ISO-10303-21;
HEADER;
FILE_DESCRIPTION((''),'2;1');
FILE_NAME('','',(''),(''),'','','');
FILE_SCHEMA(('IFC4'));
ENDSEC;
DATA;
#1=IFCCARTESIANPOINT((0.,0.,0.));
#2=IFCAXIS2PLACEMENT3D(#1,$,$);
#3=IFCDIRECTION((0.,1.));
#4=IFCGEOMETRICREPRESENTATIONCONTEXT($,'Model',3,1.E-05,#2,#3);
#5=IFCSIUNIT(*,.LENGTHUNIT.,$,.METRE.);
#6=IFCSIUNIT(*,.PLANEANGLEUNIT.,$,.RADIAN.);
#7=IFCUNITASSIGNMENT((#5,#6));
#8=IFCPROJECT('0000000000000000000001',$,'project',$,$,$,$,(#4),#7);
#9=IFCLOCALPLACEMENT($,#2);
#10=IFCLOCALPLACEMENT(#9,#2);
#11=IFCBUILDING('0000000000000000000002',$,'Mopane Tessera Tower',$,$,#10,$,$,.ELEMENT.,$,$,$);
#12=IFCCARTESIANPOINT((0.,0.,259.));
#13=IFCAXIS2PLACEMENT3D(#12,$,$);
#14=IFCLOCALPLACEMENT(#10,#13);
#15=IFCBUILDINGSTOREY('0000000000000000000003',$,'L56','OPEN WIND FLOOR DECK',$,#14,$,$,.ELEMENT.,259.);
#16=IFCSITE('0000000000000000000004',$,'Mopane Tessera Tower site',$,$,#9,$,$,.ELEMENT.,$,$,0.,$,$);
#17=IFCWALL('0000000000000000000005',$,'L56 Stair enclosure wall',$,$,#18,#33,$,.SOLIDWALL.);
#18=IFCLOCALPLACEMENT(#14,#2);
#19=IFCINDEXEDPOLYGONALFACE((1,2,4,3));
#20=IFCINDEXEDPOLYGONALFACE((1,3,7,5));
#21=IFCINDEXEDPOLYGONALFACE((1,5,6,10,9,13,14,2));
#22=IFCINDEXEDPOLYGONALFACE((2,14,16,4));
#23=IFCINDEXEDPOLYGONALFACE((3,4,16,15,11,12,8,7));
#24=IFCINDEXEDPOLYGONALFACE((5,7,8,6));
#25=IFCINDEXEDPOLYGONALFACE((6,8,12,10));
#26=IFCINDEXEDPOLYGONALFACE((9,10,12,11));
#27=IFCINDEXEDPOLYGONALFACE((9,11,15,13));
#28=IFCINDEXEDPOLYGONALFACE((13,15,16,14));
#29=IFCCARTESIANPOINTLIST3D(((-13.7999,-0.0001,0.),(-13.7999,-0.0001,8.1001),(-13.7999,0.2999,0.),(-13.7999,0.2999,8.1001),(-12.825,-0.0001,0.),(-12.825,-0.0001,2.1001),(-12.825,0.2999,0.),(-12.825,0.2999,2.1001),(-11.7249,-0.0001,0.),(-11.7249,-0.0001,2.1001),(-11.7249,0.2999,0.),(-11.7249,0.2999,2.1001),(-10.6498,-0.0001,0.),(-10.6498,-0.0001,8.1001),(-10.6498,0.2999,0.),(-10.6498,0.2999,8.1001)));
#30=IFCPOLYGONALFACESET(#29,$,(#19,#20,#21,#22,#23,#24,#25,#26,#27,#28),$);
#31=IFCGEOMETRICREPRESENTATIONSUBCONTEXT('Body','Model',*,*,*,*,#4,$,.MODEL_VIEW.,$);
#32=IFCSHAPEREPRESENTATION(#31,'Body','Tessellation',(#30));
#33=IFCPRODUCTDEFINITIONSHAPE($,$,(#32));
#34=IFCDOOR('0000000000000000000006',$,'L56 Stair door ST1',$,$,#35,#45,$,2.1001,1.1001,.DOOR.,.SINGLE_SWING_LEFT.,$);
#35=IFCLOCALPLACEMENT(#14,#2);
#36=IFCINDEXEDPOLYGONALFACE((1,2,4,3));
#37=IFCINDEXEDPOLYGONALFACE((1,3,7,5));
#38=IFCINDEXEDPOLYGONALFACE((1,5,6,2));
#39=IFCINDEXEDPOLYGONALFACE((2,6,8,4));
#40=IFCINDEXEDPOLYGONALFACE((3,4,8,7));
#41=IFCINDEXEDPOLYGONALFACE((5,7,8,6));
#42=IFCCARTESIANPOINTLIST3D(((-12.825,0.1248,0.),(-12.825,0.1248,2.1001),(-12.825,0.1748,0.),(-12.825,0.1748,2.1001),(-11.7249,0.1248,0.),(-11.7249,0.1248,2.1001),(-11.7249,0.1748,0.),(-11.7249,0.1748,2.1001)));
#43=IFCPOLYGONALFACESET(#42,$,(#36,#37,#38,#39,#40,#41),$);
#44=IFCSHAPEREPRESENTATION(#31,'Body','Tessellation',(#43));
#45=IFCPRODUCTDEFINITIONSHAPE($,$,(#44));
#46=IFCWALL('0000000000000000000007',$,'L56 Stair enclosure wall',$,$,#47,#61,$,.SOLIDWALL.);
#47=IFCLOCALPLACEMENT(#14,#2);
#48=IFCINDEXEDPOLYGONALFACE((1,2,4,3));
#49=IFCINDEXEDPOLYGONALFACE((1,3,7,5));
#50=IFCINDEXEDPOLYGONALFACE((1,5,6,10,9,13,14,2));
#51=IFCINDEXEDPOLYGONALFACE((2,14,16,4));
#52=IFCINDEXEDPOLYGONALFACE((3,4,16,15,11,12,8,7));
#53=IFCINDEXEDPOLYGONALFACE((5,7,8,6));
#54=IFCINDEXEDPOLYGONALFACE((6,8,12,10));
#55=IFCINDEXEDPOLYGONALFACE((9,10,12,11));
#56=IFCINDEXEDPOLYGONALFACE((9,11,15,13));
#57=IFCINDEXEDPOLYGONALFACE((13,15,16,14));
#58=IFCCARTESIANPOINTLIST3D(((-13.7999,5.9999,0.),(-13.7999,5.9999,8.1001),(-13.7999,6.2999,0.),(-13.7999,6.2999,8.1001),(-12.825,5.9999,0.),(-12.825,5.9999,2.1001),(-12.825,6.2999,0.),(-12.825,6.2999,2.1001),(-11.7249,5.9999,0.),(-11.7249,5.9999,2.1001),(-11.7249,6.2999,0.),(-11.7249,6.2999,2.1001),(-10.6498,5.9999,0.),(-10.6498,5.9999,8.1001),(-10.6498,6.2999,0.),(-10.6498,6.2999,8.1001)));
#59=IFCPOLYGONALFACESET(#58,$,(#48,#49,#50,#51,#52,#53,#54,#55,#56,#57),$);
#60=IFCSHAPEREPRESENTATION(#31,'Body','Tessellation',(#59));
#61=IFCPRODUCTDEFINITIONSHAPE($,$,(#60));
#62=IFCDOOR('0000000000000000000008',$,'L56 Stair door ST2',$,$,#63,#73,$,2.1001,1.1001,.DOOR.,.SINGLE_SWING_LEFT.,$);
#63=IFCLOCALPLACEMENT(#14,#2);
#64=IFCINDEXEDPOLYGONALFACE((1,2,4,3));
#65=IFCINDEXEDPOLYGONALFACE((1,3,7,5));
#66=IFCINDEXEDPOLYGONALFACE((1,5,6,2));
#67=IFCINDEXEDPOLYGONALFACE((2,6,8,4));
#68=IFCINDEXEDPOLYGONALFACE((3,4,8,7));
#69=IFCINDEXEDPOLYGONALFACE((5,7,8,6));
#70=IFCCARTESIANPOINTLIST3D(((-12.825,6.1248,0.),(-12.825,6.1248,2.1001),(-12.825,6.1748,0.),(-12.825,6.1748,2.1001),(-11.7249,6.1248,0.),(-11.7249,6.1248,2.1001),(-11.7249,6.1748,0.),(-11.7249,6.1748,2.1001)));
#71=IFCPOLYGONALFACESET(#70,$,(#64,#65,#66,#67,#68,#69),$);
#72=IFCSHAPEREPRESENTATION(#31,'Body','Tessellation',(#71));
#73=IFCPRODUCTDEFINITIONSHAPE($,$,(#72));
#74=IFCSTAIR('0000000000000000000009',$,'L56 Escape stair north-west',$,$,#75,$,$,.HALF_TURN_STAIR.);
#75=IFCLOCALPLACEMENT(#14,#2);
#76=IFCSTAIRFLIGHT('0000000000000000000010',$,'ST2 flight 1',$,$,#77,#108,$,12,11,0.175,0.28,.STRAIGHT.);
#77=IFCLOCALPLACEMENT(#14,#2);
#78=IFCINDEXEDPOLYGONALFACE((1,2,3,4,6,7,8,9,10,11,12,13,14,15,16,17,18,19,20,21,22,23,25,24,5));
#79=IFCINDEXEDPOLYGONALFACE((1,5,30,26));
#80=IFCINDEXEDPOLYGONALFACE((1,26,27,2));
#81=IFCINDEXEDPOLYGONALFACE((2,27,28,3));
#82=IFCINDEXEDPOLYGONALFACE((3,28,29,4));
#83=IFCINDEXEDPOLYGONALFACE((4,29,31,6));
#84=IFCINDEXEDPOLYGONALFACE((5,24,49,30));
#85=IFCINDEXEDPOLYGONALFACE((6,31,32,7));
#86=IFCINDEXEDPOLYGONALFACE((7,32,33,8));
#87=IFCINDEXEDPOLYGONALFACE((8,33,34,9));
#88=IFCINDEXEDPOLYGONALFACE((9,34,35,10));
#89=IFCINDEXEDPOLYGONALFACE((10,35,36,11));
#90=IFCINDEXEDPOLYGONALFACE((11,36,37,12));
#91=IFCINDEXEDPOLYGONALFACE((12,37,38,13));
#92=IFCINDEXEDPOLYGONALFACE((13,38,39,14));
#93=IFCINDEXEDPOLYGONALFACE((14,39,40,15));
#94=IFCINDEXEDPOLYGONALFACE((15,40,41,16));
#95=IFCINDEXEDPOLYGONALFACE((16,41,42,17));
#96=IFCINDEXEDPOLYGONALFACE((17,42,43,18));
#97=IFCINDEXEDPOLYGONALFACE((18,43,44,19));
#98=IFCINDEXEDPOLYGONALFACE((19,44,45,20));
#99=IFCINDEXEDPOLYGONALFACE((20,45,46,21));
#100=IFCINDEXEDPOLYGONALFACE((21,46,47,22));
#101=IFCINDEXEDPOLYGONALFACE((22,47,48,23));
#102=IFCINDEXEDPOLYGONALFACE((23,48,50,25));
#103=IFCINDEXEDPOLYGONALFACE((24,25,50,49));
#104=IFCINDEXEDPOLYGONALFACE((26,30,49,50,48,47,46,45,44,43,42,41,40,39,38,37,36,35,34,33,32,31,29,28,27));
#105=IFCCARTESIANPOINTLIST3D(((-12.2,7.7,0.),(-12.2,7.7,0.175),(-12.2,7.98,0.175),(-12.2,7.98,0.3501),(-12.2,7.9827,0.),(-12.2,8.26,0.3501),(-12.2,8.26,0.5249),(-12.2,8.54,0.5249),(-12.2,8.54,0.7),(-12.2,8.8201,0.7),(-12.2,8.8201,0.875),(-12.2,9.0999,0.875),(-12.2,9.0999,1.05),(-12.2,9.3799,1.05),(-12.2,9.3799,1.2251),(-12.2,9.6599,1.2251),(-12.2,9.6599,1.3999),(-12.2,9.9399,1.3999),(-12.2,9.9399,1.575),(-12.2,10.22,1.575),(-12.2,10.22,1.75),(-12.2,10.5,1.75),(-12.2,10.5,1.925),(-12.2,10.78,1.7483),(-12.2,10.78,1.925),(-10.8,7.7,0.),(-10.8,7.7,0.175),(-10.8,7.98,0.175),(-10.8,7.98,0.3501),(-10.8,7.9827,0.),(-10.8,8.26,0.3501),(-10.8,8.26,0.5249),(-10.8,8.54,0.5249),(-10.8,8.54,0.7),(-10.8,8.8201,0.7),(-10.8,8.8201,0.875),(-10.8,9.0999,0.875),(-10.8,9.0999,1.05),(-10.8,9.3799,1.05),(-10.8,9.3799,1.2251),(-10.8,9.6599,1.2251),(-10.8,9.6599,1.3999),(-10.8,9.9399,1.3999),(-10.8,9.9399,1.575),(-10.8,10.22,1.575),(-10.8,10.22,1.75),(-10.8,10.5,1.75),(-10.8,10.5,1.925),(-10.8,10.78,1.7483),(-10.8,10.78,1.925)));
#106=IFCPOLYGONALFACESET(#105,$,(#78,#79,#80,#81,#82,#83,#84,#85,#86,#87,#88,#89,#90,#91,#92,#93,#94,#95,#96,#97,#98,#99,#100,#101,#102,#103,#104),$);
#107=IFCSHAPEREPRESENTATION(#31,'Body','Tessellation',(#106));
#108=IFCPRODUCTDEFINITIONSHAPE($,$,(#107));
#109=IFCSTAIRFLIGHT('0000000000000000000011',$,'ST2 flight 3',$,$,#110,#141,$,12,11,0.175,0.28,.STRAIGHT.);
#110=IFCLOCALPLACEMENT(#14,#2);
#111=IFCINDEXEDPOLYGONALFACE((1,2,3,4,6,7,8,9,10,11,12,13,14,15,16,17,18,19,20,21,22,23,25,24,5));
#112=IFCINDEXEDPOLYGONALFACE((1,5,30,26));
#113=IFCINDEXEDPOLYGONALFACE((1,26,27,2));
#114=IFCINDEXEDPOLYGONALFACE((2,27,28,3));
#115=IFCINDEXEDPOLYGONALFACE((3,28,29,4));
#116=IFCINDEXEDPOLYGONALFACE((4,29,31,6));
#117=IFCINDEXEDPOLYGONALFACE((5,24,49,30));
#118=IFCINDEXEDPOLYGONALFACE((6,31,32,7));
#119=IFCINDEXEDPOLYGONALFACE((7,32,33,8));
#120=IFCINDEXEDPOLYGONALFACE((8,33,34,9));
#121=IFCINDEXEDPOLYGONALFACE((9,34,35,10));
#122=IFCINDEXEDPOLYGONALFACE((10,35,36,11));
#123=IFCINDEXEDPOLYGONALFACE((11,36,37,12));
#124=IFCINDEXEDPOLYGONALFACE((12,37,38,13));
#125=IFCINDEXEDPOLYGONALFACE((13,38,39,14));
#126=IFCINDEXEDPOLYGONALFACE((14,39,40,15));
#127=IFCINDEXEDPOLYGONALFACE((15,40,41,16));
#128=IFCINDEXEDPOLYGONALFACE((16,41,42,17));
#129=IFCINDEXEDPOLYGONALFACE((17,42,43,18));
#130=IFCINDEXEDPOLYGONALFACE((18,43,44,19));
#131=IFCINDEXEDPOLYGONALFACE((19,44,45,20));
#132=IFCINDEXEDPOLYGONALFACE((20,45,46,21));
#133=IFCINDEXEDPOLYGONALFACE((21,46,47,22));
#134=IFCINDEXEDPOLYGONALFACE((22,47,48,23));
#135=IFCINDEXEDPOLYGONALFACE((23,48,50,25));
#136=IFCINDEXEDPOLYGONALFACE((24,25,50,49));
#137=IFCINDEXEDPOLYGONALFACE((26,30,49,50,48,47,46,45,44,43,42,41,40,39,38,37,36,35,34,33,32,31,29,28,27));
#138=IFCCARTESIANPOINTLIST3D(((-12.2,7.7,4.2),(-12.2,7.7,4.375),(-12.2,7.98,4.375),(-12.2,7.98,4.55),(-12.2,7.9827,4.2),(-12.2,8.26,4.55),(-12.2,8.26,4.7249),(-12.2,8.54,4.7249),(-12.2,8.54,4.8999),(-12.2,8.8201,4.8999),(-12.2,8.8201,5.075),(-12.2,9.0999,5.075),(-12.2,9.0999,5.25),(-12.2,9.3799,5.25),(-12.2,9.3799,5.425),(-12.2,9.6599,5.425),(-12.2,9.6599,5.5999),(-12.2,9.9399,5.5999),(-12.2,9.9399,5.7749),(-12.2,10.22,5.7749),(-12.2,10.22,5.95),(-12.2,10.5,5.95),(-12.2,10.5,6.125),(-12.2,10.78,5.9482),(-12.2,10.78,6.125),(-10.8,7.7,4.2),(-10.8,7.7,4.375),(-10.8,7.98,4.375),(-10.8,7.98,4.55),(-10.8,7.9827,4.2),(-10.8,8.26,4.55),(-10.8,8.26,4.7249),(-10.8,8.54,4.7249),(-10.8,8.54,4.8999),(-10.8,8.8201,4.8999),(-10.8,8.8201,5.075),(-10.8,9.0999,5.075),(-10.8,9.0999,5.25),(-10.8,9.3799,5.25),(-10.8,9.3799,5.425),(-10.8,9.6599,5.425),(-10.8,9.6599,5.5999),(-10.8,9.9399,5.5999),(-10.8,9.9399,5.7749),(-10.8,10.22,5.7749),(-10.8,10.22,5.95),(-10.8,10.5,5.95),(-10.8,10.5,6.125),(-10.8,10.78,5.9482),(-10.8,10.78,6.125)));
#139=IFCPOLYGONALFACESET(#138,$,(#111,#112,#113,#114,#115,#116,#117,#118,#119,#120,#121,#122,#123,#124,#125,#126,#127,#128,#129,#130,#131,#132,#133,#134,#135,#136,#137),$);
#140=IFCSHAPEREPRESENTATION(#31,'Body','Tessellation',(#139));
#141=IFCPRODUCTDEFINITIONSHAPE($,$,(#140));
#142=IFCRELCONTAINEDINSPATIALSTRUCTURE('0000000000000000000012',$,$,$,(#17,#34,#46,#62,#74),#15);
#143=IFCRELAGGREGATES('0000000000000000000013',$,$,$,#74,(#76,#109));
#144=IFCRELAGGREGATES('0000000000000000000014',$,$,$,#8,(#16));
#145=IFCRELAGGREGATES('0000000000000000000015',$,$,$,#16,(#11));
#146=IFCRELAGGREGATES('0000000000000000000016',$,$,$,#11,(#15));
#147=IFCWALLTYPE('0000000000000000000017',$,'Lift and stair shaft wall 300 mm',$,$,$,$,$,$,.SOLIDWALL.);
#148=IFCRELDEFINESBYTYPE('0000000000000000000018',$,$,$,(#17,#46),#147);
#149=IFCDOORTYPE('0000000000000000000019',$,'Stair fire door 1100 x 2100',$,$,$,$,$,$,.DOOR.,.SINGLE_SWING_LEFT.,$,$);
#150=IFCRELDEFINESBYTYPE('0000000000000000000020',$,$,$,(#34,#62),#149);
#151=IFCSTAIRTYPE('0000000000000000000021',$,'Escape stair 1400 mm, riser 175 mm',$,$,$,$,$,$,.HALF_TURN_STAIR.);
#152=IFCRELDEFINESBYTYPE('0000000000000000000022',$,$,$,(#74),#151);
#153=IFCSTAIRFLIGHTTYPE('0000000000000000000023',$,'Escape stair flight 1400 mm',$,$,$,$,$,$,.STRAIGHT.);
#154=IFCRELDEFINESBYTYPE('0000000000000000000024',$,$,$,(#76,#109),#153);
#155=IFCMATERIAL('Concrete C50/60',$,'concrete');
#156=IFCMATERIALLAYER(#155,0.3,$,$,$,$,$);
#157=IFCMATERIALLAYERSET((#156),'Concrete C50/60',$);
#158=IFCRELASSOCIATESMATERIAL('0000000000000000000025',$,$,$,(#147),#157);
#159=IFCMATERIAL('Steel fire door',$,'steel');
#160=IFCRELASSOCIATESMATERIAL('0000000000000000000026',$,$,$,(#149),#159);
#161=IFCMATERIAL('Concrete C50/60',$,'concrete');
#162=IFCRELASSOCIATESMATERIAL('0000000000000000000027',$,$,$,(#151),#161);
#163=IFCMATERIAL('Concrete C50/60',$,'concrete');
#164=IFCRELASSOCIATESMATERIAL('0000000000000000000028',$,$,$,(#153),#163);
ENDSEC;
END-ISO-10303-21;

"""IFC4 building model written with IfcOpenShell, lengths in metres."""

from ifc_helpers import new_model, si_unit, direction, frame, frame_2d, origin, place, context, subcontext, project, spatial, polyline, rectangle, outline, extrude, material, layer, layer_set, type_object, element, fill, aggregate, save


model = new_model("IFC4")

# Units and contexts
model_context = context("Model", 3, precision=1e-05, world=origin(), true_north=direction((0.0, 1.0)))
body_context = subcontext(model_context, "Body", "Model", "MODEL_VIEW")
ifc_project = project(units=[si_unit("LENGTHUNIT", "METRE"), si_unit("PLANEANGLEUNIT", "RADIAN")], contexts=[model_context])

# Site, building, storey
site_placement = place(None, origin())
site = spatial("IfcSite", under=ifc_project, at=site_placement, Name="Mopane Tessera Tower site", CompositionType="ELEMENT", RefElevation=0.0)
building_placement = place(site_placement, origin())
building = spatial("IfcBuilding", under=site, at=building_placement, Name="Mopane Tessera Tower", CompositionType="ELEMENT")
storey_placement = place(building_placement, frame((0.0, 0.0, 259.0)))
storey = spatial("IfcBuildingStorey", under=building, at=storey_placement, Name="L56", Description="OPEN WIND FLOOR DECK", CompositionType="ELEMENT", Elevation=259.0)

# Walls, openings, doors
ifc_material_1 = material(Name="Concrete C50/60", Category="concrete")
ifc_layer_1 = layer(ifc_material_1, 0.3)
ifc_layer_set_1 = layer_set([ifc_layer_1], Name="Concrete C50/60")
wall_type = type_object("IfcWallType", Name="Lift and stair shaft wall 300 mm", PredefinedType="SOLIDWALL", material=ifc_layer_set_1)
wall_1_placement = place(storey_placement, frame((-13.8, 0.1499, 0.0), z_axis=(0.0, 0.0, 1.0), x_axis=(1.0, 0.0, 0.0)))
wall_1 = element("IfcWall", 1, at=wall_1_placement, inside=storey, type_object=wall_type, Name="L56 Stair enclosure wall", PredefinedType="SOLIDWALL", context=body_context, shape_type="SweptSolid", body=[
    extrude(rectangle(XDim=3.1501, YDim=0.3, at=frame_2d((1.5752, 0.0))), origin(), (0.0, 0.0, 1.0), 8.1001),
])
opening_1_placement = place(wall_1_placement, frame((0.9751, 0.0, 0.0)))
opening_1 = element("IfcOpeningElement", 2, at=opening_1_placement, cuts=wall_1, PredefinedType="OPENING", context=body_context, shape_type="SweptSolid", body=[
    extrude(rectangle(XDim=1.1001, YDim=2.1001, at=frame_2d((0.55, 1.05))), frame((0.0, 0.1621, 0.0), z_axis=(0.0, -1.0, 0.0), x_axis=(1.0, 0.0, 0.0)), (0.0, 0.0, 1.0), 0.324),
])
ifc_material_2 = material(Name="Steel fire door", Category="steel")
door_type = type_object("IfcDoorType", Name="Stair fire door 1100 x 2100", OperationType="SINGLE_SWING_LEFT", PredefinedType="DOOR", material=ifc_material_2)
door_1_placement = place(opening_1_placement, origin())
door_1 = element("IfcDoor", 3, at=door_1_placement, inside=storey, type_object=door_type, Name="L56 Stair door ST1", OperationType="SINGLE_SWING_LEFT", OverallHeight=2.1001, OverallWidth=1.1001, PredefinedType="DOOR", context=body_context, shape_type="SweptSolid", body=[
    extrude(rectangle(XDim=1.1001, YDim=2.1001, at=frame_2d((0.55, 1.05))), frame((0.0, 0.0249, 0.0), z_axis=(0.0, -1.0, 0.0), x_axis=(1.0, 0.0, 0.0)), (0.0, 0.0, 1.0), 0.05),
])
fill(opening_1, door_1)
wall_2_placement = place(storey_placement, frame((-13.8, 6.1499, 0.0), z_axis=(0.0, 0.0, 1.0), x_axis=(1.0, 0.0, 0.0)))
wall_2 = element("IfcWall", 4, at=wall_2_placement, inside=storey, type_object=wall_type, Name="L56 Stair enclosure wall", PredefinedType="SOLIDWALL", context=body_context, shape_type="SweptSolid", body=[
    extrude(rectangle(XDim=3.1501, YDim=0.3, at=frame_2d((1.5752, 0.0))), origin(), (0.0, 0.0, 1.0), 8.1001),
])
opening_2_placement = place(wall_2_placement, frame((0.9751, 0.0, 0.0)))
opening_2 = element("IfcOpeningElement", 5, at=opening_2_placement, cuts=wall_2, PredefinedType="OPENING", context=body_context, shape_type="SweptSolid", body=[
    extrude(rectangle(XDim=1.1001, YDim=2.1001, at=frame_2d((0.55, 1.05))), frame((0.0, 0.1621, 0.0), z_axis=(0.0, -1.0, 0.0), x_axis=(1.0, 0.0, 0.0)), (0.0, 0.0, 1.0), 0.324),
])
door_2_placement = place(opening_2_placement, origin())
door_2 = element("IfcDoor", 6, at=door_2_placement, inside=storey, type_object=door_type, Name="L56 Stair door ST2", OperationType="SINGLE_SWING_LEFT", OverallHeight=2.1001, OverallWidth=1.1001, PredefinedType="DOOR", context=body_context, shape_type="SweptSolid", body=[
    extrude(rectangle(XDim=1.1001, YDim=2.1001, at=frame_2d((0.55, 1.05))), frame((0.0, 0.0249, 0.0), z_axis=(0.0, -1.0, 0.0), x_axis=(1.0, 0.0, 0.0)), (0.0, 0.0, 1.0), 0.05),
])
fill(opening_2, door_2)

# Stair, stair flights
ifc_material_3 = material(Name="Concrete C50/60", Category="concrete")
stair_type = type_object("IfcStairType", Name="Escape stair 1400 mm, riser 175 mm", PredefinedType="HALF_TURN_STAIR", material=ifc_material_3)
stair_placement = place(storey_placement, origin())
stair = element("IfcStair", 7, at=stair_placement, inside=storey, type_object=stair_type, Name="L56 Escape stair north-west", PredefinedType="HALF_TURN_STAIR")
ifc_material_4 = material(Name="Concrete C50/60", Category="concrete")
stair_flight_type = type_object("IfcStairFlightType", Name="Escape stair flight 1400 mm", PredefinedType="STRAIGHT", material=ifc_material_4)
stair_flight_1_placement = place(storey_placement, frame((-11.5, 7.7, 0.0), z_axis=(0.0, 0.0, 1.0), x_axis=(0.0, 1.0, 0.0)))
stair_flight_1 = element("IfcStairFlight", 8, at=stair_flight_1_placement, type_object=stair_flight_type, Name="ST2 flight 1", NumberOfRisers=12, NumberOfTreads=11, PredefinedType="STRAIGHT", RiserHeight=0.175, TreadLength=0.28, context=body_context, shape_type="SweptSolid", body=[
    extrude(outline(polyline([(0.0, 0.0), (0.0, 0.175), (0.28, 0.175), (0.28, 0.3501), (0.5601, 0.3501), (0.5601, 0.5249), (0.8401, 0.5249), (0.8401, 0.7), (1.1201, 0.7), (1.1201, 0.875), (1.3999, 0.875), (1.3999, 1.05), (1.6799, 1.05), (1.6799, 1.2251), (1.96, 1.2251), (1.96, 1.3999), (2.24, 1.3999), (2.24, 1.575), (2.52, 1.575), (2.52, 1.75), (2.8, 1.75), (2.8, 1.925), (3.0801, 1.925), (3.0801, 2.1001), (3.0801, 1.7483), (0.2827, 0.0), (0.0, 0.0)])), frame((0.0, 0.7, 0.0), z_axis=(0.0, -1.0, 0.0), x_axis=(1.0, 0.0, 0.0)), (0.0, 0.0, 1.0), 1.3999),
])
stair_flight_2_placement = place(storey_placement, frame((-11.5, 7.7, 4.2), z_axis=(0.0, 0.0, 1.0), x_axis=(0.0, 1.0, 0.0)))
stair_flight_2 = element("IfcStairFlight", 9, at=stair_flight_2_placement, type_object=stair_flight_type, Name="ST2 flight 3", NumberOfRisers=12, NumberOfTreads=11, PredefinedType="STRAIGHT", RiserHeight=0.175, TreadLength=0.28, context=body_context, shape_type="SweptSolid", body=[
    extrude(outline(polyline([(0.0, 0.0), (0.0, 0.175), (0.28, 0.175), (0.28, 0.3501), (0.5601, 0.3501), (0.5601, 0.5249), (0.8401, 0.5249), (0.8401, 0.7), (1.1201, 0.7), (1.1201, 0.875), (1.3999, 0.875), (1.3999, 1.05), (1.6799, 1.05), (1.6799, 1.2251), (1.96, 1.2251), (1.96, 1.3999), (2.24, 1.3999), (2.24, 1.575), (2.52, 1.575), (2.52, 1.75), (2.8, 1.75), (2.8, 1.925), (3.0801, 1.925), (3.0801, 2.1001), (3.0801, 1.7483), (0.2827, 0.0), (0.0, 0.0)])), frame((0.0, 0.7, 0.0), z_axis=(0.0, -1.0, 0.0), x_axis=(1.0, 0.0, 0.0)), (0.0, 0.0, 1.0), 1.3999),
])
aggregate(stair, [stair_flight_1, stair_flight_2])

save(model, "model.ifc")
